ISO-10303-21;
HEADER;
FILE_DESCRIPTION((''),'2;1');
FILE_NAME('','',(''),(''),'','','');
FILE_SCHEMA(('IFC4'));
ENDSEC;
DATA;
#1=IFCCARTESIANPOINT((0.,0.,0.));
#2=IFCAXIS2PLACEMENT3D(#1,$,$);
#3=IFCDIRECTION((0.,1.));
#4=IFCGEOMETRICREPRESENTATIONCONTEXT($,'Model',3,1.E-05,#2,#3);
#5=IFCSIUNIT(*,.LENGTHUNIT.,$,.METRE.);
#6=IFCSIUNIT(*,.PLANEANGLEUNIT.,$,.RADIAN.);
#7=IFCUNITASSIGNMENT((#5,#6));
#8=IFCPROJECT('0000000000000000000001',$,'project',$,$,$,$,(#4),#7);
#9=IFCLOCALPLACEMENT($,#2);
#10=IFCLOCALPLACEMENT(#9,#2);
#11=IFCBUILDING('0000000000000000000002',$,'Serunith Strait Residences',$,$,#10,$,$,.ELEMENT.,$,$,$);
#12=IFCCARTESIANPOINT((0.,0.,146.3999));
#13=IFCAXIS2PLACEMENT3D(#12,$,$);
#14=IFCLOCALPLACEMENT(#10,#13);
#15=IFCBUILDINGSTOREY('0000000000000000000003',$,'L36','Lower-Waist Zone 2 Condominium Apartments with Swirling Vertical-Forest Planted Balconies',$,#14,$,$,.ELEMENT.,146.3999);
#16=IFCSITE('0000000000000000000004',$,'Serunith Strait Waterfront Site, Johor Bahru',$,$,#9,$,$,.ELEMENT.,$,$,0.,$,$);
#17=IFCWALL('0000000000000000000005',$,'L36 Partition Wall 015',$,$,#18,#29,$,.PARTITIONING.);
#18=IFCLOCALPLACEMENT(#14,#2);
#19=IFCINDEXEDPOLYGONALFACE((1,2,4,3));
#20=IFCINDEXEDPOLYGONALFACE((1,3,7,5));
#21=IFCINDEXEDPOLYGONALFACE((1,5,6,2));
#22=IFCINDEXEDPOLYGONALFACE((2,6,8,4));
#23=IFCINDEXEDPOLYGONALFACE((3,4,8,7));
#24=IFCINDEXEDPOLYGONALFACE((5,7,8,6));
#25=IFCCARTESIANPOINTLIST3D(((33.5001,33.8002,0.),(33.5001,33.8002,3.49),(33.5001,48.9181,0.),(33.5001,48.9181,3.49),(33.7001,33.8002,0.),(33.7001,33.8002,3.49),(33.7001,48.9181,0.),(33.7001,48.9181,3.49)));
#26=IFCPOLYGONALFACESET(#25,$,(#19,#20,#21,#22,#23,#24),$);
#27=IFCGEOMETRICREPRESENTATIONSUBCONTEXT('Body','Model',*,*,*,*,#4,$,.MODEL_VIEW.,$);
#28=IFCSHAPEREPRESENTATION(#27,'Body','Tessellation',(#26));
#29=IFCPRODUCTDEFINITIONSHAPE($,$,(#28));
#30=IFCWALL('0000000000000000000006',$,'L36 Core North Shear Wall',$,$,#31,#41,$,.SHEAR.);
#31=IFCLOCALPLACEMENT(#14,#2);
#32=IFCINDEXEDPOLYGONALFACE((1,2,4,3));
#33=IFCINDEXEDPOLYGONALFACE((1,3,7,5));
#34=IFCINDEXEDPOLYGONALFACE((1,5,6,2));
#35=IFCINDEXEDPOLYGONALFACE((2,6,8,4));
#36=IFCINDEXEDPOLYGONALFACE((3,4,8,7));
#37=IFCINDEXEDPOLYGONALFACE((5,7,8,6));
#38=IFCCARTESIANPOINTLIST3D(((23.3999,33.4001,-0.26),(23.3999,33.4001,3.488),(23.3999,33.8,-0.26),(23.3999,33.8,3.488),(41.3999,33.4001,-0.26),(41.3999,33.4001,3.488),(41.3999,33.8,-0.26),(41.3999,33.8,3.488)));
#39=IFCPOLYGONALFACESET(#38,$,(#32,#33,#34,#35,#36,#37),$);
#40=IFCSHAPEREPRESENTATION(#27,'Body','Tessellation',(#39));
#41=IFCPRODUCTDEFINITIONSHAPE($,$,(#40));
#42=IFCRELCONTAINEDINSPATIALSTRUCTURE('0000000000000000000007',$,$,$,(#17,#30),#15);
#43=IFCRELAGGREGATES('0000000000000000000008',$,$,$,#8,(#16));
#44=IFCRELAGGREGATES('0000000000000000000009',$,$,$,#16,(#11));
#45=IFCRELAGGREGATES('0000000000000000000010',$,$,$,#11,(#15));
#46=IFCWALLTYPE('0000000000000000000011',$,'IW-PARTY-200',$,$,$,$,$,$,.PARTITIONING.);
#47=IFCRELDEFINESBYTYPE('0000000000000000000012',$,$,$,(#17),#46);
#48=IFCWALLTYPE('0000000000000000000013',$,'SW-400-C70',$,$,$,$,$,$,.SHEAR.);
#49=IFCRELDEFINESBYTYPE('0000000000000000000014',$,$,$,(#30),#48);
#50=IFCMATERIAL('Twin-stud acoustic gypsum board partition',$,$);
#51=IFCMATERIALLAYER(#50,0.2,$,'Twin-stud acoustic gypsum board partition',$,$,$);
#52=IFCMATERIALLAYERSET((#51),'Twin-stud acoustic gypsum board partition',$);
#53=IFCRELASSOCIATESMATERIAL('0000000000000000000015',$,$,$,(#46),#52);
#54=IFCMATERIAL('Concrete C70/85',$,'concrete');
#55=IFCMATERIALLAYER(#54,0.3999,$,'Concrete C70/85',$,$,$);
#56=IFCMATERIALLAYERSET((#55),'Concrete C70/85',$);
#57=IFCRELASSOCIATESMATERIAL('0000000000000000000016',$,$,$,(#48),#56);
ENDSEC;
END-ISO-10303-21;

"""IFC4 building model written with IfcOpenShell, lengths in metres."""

from ifc_helpers import new_model, si_unit, direction, frame, frame_2d, origin, place, context, subcontext, project, spatial, rectangle, extrude, material, layer, layer_set, type_object, element, save


model = new_model("IFC4")

# Units and contexts
model_context = context("Model", 3, precision=1e-05, world=origin(), true_north=direction((0.0, 1.0)))
body_context = subcontext(model_context, "Body", "Model", "MODEL_VIEW")
ifc_project = project(units=[si_unit("LENGTHUNIT", "METRE"), si_unit("PLANEANGLEUNIT", "RADIAN")], contexts=[model_context])

# Site, building, storey
site_placement = place(None, origin())
site = spatial("IfcSite", under=ifc_project, at=site_placement, Name="Serunith Strait Waterfront Site, Johor Bahru", CompositionType="ELEMENT", RefElevation=0.0)
building_placement = place(site_placement, origin())
building = spatial("IfcBuilding", under=site, at=building_placement, Name="Serunith Strait Residences", CompositionType="ELEMENT")
storey_placement = place(building_placement, frame((0.0, 0.0, 146.3999)))
storey = spatial("IfcBuildingStorey", under=building, at=storey_placement, Name="L36", Description="Lower-Waist Zone 2 Condominium Apartments with Swirling Vertical-Forest Planted Balconies", CompositionType="ELEMENT", Elevation=146.3999)

# Walls
ifc_material_1 = material(Name="Twin-stud acoustic gypsum board partition")
ifc_layer_1 = layer(ifc_material_1, 0.2, Name="Twin-stud acoustic gypsum board partition")
ifc_layer_set_1 = layer_set([ifc_layer_1], Name="Twin-stud acoustic gypsum board partition")
wall_type_1 = type_object("IfcWallType", Name="IW-PARTY-200", PredefinedType="PARTITIONING", material=ifc_layer_set_1)
wall_1_placement = place(storey_placement, frame((33.6001, 33.8, 0.0), z_axis=(0.0, 0.0, 1.0), x_axis=(0.0, 1.0, 0.0)))
element("IfcWall", 1, at=wall_1_placement, inside=storey, type_object=wall_type_1, Name="L36 Partition Wall 015", PredefinedType="PARTITIONING", context=body_context, shape_type="SweptSolid", body=[
    extrude(rectangle(XDim=15.1179, YDim=0.2, at=frame_2d((7.5591, 0.0))), origin(), (0.0, 0.0, 1.0), 3.49),
])
ifc_material_2 = material(Name="Concrete C70/85", Category="concrete")
ifc_layer_2 = layer(ifc_material_2, 0.3999, Name="Concrete C70/85")
ifc_layer_set_2 = layer_set([ifc_layer_2], Name="Concrete C70/85")
wall_type_2 = type_object("IfcWallType", Name="SW-400-C70", PredefinedType="SHEAR", material=ifc_layer_set_2)
wall_2_placement = place(storey_placement, frame((41.3999, 33.6001, -0.26), z_axis=(0.0, 0.0, 1.0), x_axis=(-1.0, 0.0, 0.0)))
element("IfcWall", 2, at=wall_2_placement, inside=storey, type_object=wall_type_2, Name="L36 Core North Shear Wall", PredefinedType="SHEAR", context=body_context, shape_type="SweptSolid", body=[
    extrude(rectangle(XDim=18.0, YDim=0.3999, at=frame_2d((9.0, 0.0))), origin(), (0.0, 0.0, 1.0), 3.748),
])

save(model, "model.ifc")
